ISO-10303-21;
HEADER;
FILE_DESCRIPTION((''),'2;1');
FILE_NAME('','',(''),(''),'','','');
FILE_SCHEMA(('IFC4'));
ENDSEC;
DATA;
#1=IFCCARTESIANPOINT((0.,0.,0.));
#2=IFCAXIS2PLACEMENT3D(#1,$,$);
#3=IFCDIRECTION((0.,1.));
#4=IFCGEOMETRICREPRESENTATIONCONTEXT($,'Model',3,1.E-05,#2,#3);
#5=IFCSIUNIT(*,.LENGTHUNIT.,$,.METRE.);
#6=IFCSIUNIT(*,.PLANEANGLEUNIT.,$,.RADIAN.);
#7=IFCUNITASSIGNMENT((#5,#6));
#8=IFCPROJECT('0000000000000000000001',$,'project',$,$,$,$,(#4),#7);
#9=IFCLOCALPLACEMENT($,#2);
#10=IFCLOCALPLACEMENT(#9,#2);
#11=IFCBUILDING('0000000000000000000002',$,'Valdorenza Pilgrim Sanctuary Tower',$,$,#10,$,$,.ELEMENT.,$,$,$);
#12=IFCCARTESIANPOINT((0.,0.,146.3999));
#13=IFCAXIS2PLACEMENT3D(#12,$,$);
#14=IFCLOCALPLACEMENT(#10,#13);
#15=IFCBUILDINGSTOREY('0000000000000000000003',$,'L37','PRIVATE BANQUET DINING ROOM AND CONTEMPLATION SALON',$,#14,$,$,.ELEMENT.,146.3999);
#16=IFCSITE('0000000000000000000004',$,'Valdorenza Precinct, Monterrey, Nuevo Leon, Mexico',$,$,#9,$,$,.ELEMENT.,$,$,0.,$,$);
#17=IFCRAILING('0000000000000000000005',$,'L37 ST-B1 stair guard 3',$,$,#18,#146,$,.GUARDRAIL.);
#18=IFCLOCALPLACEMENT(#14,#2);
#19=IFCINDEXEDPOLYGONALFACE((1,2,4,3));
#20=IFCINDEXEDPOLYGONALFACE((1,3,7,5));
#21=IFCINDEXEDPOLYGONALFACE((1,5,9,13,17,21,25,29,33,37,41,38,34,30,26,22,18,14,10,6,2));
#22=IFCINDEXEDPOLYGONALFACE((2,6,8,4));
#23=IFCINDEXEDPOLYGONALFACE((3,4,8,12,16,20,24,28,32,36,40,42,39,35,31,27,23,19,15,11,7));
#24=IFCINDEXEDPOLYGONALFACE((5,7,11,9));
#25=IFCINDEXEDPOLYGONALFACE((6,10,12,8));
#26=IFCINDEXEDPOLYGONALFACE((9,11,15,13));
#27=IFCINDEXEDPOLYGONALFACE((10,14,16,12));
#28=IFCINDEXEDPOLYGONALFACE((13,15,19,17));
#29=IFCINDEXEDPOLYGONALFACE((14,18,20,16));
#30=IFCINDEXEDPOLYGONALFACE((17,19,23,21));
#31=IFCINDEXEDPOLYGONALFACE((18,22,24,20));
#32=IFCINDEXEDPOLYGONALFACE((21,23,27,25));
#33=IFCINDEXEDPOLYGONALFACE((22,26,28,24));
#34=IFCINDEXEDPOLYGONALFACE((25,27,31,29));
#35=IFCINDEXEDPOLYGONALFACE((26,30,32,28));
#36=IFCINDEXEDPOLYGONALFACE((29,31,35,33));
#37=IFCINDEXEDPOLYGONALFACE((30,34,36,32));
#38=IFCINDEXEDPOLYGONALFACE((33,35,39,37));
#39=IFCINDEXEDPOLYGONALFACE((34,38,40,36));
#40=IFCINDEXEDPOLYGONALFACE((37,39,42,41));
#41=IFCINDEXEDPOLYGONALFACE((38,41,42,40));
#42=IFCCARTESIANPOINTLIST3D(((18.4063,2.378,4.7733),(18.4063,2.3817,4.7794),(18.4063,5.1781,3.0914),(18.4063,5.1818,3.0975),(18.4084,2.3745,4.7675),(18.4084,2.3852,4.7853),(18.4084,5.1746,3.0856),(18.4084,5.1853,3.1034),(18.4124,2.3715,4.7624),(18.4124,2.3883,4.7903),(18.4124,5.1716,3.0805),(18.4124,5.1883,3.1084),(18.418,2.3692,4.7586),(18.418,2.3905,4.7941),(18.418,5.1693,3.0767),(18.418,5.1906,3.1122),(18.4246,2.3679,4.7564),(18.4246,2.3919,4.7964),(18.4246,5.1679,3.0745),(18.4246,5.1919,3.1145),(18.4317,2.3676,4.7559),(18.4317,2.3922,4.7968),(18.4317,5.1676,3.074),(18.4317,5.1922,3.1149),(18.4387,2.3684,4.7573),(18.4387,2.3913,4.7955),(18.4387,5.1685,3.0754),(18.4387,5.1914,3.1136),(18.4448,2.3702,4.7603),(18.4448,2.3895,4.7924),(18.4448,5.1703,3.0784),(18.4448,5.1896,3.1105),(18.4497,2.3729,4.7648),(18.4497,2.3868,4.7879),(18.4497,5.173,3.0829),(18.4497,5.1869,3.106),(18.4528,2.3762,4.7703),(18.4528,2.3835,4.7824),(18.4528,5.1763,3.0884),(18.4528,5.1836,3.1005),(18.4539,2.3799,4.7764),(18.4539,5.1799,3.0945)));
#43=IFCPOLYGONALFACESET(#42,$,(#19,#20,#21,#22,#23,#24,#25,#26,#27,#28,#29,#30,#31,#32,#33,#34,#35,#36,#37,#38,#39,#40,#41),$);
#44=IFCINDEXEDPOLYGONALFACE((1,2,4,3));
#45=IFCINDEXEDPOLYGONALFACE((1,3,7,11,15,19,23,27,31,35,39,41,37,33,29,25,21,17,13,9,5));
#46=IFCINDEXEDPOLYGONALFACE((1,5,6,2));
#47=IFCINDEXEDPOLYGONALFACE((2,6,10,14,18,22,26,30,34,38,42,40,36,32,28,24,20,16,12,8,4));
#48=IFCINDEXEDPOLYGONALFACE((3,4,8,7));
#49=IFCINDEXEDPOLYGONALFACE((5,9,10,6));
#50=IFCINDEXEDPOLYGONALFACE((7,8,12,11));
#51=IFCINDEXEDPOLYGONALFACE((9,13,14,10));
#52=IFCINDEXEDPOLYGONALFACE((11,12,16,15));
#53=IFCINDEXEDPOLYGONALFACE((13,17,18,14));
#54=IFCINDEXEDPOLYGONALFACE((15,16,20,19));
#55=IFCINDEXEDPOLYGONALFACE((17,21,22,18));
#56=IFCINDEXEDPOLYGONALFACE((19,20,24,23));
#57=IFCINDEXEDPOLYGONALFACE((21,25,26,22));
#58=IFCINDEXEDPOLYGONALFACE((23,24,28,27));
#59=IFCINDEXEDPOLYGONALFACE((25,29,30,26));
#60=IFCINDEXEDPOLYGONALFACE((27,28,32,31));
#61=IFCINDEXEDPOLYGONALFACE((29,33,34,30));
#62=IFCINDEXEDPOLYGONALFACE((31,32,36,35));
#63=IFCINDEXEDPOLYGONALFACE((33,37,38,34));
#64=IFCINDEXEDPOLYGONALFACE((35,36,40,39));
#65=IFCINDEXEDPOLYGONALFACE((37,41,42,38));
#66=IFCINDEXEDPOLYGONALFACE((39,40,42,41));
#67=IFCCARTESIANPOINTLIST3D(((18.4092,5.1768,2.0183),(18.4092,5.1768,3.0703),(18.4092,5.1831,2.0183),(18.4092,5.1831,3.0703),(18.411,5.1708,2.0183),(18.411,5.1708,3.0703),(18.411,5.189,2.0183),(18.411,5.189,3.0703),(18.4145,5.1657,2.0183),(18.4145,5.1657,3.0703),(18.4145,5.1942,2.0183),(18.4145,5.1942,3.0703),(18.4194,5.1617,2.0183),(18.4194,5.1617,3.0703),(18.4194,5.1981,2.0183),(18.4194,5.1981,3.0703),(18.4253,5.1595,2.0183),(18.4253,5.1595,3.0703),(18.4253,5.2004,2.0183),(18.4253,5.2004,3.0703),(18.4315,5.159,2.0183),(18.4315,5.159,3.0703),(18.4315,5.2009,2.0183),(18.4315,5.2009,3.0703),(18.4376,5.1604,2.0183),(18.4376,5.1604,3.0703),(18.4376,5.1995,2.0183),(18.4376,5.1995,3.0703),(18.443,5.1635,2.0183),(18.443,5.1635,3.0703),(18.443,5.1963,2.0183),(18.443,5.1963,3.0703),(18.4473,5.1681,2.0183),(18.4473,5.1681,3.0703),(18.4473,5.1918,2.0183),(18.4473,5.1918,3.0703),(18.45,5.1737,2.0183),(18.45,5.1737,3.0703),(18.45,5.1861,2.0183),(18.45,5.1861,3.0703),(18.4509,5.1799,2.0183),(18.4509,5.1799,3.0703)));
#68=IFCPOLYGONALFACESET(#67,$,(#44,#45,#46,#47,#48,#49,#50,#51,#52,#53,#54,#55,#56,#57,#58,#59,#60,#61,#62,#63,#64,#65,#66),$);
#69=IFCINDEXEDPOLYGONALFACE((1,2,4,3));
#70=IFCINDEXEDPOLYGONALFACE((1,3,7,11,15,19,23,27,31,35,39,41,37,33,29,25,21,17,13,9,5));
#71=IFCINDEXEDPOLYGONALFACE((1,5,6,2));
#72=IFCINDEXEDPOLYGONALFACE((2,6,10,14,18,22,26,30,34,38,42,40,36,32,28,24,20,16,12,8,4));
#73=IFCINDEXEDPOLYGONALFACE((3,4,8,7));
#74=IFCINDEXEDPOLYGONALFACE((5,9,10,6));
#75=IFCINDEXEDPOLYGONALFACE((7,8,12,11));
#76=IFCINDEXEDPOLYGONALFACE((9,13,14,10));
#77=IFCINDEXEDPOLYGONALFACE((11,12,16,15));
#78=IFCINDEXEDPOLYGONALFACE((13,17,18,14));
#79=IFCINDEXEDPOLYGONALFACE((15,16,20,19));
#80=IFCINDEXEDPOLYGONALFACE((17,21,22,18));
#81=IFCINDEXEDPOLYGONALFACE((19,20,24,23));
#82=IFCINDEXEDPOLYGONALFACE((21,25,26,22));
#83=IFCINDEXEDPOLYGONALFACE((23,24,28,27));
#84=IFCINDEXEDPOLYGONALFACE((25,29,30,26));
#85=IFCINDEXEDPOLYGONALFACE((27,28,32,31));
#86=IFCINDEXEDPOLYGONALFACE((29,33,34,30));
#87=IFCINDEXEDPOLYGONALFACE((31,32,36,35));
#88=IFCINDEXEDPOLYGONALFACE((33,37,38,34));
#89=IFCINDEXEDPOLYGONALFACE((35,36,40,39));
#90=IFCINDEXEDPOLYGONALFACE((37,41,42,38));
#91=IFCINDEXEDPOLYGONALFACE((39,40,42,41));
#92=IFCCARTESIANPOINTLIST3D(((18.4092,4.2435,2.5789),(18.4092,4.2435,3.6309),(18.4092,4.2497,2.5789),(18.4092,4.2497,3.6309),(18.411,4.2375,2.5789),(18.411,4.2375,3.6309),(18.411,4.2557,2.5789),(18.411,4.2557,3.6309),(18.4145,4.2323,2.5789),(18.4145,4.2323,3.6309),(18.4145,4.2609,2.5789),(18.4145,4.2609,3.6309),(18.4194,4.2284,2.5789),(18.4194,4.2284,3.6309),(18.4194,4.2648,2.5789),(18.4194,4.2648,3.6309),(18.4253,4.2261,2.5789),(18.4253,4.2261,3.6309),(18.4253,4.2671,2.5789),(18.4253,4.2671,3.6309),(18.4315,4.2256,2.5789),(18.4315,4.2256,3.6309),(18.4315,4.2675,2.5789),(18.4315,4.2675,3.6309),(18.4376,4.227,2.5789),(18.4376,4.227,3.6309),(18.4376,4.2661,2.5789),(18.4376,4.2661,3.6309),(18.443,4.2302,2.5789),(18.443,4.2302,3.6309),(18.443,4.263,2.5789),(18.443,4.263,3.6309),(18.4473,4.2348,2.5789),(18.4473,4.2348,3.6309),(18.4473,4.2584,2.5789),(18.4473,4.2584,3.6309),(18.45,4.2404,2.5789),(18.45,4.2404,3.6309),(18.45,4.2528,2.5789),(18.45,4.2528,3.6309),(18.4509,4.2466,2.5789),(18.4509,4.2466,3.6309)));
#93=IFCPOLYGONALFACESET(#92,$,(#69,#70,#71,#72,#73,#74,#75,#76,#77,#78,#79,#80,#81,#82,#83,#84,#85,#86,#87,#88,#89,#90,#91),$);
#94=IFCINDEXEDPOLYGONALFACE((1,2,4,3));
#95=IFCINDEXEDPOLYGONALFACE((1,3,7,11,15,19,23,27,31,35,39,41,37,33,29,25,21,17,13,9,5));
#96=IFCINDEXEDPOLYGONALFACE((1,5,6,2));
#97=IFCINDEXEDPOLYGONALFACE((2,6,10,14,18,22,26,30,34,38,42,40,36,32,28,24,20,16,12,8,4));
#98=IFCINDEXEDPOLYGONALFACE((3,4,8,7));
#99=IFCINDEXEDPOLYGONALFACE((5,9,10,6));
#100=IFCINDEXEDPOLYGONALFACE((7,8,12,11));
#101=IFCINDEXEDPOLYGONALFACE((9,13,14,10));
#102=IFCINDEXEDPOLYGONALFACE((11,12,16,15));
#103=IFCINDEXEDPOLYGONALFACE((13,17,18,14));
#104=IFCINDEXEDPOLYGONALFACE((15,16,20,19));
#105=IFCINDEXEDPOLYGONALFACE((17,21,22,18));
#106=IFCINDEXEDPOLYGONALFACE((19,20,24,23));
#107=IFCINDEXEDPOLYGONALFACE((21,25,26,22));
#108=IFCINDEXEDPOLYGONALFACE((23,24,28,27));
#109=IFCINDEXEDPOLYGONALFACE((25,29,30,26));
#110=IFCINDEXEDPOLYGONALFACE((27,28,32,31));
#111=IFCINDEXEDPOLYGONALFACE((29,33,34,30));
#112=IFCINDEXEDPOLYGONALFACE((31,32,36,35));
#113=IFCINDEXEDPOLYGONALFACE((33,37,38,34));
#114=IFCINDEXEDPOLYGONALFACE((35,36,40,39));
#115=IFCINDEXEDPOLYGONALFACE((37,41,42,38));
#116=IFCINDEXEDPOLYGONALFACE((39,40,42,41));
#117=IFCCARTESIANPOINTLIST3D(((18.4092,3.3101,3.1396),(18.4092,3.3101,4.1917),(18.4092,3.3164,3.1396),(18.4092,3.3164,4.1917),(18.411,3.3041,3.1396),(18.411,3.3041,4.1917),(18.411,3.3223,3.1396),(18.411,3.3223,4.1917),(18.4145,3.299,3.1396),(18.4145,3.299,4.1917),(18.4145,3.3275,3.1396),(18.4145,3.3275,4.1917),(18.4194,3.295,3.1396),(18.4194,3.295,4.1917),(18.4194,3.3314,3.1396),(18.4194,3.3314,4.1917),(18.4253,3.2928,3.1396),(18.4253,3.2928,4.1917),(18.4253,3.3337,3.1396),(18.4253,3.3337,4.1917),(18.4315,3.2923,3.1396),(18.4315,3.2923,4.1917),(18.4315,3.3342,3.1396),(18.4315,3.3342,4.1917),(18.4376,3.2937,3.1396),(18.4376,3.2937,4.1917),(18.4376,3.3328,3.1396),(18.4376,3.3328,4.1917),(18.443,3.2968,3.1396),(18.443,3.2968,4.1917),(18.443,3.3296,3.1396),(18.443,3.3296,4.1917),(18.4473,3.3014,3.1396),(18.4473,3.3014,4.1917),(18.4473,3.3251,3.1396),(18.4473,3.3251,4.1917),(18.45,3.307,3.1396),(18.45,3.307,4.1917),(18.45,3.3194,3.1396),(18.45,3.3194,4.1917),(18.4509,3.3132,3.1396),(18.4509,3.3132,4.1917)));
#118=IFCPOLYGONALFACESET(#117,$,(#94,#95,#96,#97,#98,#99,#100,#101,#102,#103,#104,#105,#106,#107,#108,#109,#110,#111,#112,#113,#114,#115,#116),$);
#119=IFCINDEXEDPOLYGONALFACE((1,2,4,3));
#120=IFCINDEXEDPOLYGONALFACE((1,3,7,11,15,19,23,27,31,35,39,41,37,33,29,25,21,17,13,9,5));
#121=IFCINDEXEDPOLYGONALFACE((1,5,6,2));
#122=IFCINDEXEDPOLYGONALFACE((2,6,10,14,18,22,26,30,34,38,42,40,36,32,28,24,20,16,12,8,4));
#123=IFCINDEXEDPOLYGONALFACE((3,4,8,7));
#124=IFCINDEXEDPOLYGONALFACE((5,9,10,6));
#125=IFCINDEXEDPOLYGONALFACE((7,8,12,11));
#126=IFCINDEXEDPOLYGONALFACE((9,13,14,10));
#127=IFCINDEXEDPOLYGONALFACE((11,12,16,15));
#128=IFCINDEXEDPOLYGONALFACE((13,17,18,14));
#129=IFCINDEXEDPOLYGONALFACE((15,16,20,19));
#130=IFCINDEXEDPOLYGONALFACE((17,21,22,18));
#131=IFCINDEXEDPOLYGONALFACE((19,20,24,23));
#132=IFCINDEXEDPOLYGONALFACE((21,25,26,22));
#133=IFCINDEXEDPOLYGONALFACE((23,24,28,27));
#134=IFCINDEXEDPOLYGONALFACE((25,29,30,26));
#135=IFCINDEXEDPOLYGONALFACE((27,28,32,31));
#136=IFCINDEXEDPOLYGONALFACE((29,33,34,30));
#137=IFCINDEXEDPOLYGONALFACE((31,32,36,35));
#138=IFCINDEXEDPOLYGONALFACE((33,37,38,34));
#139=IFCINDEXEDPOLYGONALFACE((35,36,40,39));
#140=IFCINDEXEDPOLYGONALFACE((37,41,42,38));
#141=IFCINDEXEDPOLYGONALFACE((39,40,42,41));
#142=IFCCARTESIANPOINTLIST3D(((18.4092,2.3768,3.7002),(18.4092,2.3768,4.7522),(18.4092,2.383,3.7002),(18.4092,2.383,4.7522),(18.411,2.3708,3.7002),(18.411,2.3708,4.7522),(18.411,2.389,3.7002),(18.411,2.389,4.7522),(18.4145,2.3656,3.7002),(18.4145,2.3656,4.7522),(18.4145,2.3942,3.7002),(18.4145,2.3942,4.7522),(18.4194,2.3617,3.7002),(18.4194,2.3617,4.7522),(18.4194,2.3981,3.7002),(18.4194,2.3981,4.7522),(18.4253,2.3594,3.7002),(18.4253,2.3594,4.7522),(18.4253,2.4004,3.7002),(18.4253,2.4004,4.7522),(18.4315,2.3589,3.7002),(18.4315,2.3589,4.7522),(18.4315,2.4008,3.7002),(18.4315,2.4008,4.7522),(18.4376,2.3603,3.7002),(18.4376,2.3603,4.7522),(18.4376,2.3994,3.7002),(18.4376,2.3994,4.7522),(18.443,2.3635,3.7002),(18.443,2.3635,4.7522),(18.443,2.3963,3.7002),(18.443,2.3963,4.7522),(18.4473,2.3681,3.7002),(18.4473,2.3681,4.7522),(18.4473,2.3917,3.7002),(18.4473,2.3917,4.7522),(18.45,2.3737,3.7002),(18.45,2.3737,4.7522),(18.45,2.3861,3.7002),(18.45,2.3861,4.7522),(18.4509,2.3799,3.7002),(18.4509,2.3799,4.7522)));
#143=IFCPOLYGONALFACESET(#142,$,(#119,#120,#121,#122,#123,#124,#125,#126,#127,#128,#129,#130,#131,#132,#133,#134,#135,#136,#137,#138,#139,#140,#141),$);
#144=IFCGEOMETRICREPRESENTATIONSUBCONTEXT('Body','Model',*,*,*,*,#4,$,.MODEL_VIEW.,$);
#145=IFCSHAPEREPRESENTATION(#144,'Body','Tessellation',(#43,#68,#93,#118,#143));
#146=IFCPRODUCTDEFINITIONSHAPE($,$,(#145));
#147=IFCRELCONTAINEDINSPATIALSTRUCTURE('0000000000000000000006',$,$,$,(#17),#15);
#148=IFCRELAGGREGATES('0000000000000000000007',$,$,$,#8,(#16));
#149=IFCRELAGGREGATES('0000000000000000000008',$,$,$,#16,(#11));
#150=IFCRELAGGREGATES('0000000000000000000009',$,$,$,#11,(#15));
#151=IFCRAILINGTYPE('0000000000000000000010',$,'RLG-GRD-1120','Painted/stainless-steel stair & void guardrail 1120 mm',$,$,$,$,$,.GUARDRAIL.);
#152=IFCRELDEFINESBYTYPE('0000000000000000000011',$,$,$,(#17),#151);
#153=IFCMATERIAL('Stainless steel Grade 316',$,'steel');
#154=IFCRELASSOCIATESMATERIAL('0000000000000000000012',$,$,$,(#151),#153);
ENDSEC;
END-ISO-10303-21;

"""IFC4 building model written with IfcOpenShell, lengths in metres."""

from ifc_helpers import new_model, si_unit, direction, frame, origin, origin_2d, place, context, subcontext, project, spatial, circle, extrude, material, type_object, element, save


model = new_model("IFC4")

# Units and contexts
model_context = context("Model", 3, precision=1e-05, world=origin(), true_north=direction((0.0, 1.0)))
body_context = subcontext(model_context, "Body", "Model", "MODEL_VIEW")
ifc_project = project(units=[si_unit("LENGTHUNIT", "METRE"), si_unit("PLANEANGLEUNIT", "RADIAN")], contexts=[model_context])

# Site, building, storey
site_placement = place(None, origin())
site = spatial("IfcSite", under=ifc_project, at=site_placement, Name="Valdorenza Precinct, Monterrey, Nuevo Leon, Mexico", CompositionType="ELEMENT", RefElevation=0.0)
building_placement = place(site_placement, origin())
building = spatial("IfcBuilding", under=site, at=building_placement, Name="Valdorenza Pilgrim Sanctuary Tower", CompositionType="ELEMENT")
storey_placement = place(building_placement, frame((0.0, 0.0, 146.3999)))
storey = spatial("IfcBuildingStorey", under=building, at=storey_placement, Name="L37", Description="PRIVATE BANQUET DINING ROOM AND CONTEMPLATION SALON", CompositionType="ELEMENT", Elevation=146.3999)

# Railing
ifc_material_1 = material(Name="Stainless steel Grade 316", Category="steel")
railing_type_1 = type_object("IfcRailingType", Name="RLG-GRD-1120", Description="Painted/stainless-steel stair & void guardrail 1120 mm", PredefinedType="GUARDRAIL", material=ifc_material_1)
railing_1_placement = place(storey_placement, frame((18.4299, 5.1799, 2.0183)))
element("IfcRailing", 1, at=railing_1_placement, inside=storey, type_object=railing_type_1, Name="L37 ST-B1 stair guard 3", PredefinedType="GUARDRAIL", context=body_context, shape_type="SweptSolid", body=[
    extrude(circle(Radius=0.0239, at=origin_2d()), frame((0.0, 0.0, 1.0762), z_axis=(0.0, -0.857242, 0.514913), x_axis=(1.0, 0.0, 0.0)), (0.0, 0.0, 1.0), 3.2664),
    extrude(circle(Radius=0.021, at=origin_2d()), origin(), (0.0, 0.0, 1.0), 1.052),
    extrude(circle(Radius=0.021, at=origin_2d()), frame((0.0, -0.9333, 0.5605)), (0.0, 0.0, 1.0), 1.052),
    extrude(circle(Radius=0.021, at=origin_2d()), frame((0.0, -1.8667, 1.1213)), (0.0, 0.0, 1.0), 1.052),
    extrude(circle(Radius=0.021, at=origin_2d()), frame((0.0, -2.8, 1.6819)), (0.0, 0.0, 1.0), 1.052),
])

save(model, "model.ifc")
